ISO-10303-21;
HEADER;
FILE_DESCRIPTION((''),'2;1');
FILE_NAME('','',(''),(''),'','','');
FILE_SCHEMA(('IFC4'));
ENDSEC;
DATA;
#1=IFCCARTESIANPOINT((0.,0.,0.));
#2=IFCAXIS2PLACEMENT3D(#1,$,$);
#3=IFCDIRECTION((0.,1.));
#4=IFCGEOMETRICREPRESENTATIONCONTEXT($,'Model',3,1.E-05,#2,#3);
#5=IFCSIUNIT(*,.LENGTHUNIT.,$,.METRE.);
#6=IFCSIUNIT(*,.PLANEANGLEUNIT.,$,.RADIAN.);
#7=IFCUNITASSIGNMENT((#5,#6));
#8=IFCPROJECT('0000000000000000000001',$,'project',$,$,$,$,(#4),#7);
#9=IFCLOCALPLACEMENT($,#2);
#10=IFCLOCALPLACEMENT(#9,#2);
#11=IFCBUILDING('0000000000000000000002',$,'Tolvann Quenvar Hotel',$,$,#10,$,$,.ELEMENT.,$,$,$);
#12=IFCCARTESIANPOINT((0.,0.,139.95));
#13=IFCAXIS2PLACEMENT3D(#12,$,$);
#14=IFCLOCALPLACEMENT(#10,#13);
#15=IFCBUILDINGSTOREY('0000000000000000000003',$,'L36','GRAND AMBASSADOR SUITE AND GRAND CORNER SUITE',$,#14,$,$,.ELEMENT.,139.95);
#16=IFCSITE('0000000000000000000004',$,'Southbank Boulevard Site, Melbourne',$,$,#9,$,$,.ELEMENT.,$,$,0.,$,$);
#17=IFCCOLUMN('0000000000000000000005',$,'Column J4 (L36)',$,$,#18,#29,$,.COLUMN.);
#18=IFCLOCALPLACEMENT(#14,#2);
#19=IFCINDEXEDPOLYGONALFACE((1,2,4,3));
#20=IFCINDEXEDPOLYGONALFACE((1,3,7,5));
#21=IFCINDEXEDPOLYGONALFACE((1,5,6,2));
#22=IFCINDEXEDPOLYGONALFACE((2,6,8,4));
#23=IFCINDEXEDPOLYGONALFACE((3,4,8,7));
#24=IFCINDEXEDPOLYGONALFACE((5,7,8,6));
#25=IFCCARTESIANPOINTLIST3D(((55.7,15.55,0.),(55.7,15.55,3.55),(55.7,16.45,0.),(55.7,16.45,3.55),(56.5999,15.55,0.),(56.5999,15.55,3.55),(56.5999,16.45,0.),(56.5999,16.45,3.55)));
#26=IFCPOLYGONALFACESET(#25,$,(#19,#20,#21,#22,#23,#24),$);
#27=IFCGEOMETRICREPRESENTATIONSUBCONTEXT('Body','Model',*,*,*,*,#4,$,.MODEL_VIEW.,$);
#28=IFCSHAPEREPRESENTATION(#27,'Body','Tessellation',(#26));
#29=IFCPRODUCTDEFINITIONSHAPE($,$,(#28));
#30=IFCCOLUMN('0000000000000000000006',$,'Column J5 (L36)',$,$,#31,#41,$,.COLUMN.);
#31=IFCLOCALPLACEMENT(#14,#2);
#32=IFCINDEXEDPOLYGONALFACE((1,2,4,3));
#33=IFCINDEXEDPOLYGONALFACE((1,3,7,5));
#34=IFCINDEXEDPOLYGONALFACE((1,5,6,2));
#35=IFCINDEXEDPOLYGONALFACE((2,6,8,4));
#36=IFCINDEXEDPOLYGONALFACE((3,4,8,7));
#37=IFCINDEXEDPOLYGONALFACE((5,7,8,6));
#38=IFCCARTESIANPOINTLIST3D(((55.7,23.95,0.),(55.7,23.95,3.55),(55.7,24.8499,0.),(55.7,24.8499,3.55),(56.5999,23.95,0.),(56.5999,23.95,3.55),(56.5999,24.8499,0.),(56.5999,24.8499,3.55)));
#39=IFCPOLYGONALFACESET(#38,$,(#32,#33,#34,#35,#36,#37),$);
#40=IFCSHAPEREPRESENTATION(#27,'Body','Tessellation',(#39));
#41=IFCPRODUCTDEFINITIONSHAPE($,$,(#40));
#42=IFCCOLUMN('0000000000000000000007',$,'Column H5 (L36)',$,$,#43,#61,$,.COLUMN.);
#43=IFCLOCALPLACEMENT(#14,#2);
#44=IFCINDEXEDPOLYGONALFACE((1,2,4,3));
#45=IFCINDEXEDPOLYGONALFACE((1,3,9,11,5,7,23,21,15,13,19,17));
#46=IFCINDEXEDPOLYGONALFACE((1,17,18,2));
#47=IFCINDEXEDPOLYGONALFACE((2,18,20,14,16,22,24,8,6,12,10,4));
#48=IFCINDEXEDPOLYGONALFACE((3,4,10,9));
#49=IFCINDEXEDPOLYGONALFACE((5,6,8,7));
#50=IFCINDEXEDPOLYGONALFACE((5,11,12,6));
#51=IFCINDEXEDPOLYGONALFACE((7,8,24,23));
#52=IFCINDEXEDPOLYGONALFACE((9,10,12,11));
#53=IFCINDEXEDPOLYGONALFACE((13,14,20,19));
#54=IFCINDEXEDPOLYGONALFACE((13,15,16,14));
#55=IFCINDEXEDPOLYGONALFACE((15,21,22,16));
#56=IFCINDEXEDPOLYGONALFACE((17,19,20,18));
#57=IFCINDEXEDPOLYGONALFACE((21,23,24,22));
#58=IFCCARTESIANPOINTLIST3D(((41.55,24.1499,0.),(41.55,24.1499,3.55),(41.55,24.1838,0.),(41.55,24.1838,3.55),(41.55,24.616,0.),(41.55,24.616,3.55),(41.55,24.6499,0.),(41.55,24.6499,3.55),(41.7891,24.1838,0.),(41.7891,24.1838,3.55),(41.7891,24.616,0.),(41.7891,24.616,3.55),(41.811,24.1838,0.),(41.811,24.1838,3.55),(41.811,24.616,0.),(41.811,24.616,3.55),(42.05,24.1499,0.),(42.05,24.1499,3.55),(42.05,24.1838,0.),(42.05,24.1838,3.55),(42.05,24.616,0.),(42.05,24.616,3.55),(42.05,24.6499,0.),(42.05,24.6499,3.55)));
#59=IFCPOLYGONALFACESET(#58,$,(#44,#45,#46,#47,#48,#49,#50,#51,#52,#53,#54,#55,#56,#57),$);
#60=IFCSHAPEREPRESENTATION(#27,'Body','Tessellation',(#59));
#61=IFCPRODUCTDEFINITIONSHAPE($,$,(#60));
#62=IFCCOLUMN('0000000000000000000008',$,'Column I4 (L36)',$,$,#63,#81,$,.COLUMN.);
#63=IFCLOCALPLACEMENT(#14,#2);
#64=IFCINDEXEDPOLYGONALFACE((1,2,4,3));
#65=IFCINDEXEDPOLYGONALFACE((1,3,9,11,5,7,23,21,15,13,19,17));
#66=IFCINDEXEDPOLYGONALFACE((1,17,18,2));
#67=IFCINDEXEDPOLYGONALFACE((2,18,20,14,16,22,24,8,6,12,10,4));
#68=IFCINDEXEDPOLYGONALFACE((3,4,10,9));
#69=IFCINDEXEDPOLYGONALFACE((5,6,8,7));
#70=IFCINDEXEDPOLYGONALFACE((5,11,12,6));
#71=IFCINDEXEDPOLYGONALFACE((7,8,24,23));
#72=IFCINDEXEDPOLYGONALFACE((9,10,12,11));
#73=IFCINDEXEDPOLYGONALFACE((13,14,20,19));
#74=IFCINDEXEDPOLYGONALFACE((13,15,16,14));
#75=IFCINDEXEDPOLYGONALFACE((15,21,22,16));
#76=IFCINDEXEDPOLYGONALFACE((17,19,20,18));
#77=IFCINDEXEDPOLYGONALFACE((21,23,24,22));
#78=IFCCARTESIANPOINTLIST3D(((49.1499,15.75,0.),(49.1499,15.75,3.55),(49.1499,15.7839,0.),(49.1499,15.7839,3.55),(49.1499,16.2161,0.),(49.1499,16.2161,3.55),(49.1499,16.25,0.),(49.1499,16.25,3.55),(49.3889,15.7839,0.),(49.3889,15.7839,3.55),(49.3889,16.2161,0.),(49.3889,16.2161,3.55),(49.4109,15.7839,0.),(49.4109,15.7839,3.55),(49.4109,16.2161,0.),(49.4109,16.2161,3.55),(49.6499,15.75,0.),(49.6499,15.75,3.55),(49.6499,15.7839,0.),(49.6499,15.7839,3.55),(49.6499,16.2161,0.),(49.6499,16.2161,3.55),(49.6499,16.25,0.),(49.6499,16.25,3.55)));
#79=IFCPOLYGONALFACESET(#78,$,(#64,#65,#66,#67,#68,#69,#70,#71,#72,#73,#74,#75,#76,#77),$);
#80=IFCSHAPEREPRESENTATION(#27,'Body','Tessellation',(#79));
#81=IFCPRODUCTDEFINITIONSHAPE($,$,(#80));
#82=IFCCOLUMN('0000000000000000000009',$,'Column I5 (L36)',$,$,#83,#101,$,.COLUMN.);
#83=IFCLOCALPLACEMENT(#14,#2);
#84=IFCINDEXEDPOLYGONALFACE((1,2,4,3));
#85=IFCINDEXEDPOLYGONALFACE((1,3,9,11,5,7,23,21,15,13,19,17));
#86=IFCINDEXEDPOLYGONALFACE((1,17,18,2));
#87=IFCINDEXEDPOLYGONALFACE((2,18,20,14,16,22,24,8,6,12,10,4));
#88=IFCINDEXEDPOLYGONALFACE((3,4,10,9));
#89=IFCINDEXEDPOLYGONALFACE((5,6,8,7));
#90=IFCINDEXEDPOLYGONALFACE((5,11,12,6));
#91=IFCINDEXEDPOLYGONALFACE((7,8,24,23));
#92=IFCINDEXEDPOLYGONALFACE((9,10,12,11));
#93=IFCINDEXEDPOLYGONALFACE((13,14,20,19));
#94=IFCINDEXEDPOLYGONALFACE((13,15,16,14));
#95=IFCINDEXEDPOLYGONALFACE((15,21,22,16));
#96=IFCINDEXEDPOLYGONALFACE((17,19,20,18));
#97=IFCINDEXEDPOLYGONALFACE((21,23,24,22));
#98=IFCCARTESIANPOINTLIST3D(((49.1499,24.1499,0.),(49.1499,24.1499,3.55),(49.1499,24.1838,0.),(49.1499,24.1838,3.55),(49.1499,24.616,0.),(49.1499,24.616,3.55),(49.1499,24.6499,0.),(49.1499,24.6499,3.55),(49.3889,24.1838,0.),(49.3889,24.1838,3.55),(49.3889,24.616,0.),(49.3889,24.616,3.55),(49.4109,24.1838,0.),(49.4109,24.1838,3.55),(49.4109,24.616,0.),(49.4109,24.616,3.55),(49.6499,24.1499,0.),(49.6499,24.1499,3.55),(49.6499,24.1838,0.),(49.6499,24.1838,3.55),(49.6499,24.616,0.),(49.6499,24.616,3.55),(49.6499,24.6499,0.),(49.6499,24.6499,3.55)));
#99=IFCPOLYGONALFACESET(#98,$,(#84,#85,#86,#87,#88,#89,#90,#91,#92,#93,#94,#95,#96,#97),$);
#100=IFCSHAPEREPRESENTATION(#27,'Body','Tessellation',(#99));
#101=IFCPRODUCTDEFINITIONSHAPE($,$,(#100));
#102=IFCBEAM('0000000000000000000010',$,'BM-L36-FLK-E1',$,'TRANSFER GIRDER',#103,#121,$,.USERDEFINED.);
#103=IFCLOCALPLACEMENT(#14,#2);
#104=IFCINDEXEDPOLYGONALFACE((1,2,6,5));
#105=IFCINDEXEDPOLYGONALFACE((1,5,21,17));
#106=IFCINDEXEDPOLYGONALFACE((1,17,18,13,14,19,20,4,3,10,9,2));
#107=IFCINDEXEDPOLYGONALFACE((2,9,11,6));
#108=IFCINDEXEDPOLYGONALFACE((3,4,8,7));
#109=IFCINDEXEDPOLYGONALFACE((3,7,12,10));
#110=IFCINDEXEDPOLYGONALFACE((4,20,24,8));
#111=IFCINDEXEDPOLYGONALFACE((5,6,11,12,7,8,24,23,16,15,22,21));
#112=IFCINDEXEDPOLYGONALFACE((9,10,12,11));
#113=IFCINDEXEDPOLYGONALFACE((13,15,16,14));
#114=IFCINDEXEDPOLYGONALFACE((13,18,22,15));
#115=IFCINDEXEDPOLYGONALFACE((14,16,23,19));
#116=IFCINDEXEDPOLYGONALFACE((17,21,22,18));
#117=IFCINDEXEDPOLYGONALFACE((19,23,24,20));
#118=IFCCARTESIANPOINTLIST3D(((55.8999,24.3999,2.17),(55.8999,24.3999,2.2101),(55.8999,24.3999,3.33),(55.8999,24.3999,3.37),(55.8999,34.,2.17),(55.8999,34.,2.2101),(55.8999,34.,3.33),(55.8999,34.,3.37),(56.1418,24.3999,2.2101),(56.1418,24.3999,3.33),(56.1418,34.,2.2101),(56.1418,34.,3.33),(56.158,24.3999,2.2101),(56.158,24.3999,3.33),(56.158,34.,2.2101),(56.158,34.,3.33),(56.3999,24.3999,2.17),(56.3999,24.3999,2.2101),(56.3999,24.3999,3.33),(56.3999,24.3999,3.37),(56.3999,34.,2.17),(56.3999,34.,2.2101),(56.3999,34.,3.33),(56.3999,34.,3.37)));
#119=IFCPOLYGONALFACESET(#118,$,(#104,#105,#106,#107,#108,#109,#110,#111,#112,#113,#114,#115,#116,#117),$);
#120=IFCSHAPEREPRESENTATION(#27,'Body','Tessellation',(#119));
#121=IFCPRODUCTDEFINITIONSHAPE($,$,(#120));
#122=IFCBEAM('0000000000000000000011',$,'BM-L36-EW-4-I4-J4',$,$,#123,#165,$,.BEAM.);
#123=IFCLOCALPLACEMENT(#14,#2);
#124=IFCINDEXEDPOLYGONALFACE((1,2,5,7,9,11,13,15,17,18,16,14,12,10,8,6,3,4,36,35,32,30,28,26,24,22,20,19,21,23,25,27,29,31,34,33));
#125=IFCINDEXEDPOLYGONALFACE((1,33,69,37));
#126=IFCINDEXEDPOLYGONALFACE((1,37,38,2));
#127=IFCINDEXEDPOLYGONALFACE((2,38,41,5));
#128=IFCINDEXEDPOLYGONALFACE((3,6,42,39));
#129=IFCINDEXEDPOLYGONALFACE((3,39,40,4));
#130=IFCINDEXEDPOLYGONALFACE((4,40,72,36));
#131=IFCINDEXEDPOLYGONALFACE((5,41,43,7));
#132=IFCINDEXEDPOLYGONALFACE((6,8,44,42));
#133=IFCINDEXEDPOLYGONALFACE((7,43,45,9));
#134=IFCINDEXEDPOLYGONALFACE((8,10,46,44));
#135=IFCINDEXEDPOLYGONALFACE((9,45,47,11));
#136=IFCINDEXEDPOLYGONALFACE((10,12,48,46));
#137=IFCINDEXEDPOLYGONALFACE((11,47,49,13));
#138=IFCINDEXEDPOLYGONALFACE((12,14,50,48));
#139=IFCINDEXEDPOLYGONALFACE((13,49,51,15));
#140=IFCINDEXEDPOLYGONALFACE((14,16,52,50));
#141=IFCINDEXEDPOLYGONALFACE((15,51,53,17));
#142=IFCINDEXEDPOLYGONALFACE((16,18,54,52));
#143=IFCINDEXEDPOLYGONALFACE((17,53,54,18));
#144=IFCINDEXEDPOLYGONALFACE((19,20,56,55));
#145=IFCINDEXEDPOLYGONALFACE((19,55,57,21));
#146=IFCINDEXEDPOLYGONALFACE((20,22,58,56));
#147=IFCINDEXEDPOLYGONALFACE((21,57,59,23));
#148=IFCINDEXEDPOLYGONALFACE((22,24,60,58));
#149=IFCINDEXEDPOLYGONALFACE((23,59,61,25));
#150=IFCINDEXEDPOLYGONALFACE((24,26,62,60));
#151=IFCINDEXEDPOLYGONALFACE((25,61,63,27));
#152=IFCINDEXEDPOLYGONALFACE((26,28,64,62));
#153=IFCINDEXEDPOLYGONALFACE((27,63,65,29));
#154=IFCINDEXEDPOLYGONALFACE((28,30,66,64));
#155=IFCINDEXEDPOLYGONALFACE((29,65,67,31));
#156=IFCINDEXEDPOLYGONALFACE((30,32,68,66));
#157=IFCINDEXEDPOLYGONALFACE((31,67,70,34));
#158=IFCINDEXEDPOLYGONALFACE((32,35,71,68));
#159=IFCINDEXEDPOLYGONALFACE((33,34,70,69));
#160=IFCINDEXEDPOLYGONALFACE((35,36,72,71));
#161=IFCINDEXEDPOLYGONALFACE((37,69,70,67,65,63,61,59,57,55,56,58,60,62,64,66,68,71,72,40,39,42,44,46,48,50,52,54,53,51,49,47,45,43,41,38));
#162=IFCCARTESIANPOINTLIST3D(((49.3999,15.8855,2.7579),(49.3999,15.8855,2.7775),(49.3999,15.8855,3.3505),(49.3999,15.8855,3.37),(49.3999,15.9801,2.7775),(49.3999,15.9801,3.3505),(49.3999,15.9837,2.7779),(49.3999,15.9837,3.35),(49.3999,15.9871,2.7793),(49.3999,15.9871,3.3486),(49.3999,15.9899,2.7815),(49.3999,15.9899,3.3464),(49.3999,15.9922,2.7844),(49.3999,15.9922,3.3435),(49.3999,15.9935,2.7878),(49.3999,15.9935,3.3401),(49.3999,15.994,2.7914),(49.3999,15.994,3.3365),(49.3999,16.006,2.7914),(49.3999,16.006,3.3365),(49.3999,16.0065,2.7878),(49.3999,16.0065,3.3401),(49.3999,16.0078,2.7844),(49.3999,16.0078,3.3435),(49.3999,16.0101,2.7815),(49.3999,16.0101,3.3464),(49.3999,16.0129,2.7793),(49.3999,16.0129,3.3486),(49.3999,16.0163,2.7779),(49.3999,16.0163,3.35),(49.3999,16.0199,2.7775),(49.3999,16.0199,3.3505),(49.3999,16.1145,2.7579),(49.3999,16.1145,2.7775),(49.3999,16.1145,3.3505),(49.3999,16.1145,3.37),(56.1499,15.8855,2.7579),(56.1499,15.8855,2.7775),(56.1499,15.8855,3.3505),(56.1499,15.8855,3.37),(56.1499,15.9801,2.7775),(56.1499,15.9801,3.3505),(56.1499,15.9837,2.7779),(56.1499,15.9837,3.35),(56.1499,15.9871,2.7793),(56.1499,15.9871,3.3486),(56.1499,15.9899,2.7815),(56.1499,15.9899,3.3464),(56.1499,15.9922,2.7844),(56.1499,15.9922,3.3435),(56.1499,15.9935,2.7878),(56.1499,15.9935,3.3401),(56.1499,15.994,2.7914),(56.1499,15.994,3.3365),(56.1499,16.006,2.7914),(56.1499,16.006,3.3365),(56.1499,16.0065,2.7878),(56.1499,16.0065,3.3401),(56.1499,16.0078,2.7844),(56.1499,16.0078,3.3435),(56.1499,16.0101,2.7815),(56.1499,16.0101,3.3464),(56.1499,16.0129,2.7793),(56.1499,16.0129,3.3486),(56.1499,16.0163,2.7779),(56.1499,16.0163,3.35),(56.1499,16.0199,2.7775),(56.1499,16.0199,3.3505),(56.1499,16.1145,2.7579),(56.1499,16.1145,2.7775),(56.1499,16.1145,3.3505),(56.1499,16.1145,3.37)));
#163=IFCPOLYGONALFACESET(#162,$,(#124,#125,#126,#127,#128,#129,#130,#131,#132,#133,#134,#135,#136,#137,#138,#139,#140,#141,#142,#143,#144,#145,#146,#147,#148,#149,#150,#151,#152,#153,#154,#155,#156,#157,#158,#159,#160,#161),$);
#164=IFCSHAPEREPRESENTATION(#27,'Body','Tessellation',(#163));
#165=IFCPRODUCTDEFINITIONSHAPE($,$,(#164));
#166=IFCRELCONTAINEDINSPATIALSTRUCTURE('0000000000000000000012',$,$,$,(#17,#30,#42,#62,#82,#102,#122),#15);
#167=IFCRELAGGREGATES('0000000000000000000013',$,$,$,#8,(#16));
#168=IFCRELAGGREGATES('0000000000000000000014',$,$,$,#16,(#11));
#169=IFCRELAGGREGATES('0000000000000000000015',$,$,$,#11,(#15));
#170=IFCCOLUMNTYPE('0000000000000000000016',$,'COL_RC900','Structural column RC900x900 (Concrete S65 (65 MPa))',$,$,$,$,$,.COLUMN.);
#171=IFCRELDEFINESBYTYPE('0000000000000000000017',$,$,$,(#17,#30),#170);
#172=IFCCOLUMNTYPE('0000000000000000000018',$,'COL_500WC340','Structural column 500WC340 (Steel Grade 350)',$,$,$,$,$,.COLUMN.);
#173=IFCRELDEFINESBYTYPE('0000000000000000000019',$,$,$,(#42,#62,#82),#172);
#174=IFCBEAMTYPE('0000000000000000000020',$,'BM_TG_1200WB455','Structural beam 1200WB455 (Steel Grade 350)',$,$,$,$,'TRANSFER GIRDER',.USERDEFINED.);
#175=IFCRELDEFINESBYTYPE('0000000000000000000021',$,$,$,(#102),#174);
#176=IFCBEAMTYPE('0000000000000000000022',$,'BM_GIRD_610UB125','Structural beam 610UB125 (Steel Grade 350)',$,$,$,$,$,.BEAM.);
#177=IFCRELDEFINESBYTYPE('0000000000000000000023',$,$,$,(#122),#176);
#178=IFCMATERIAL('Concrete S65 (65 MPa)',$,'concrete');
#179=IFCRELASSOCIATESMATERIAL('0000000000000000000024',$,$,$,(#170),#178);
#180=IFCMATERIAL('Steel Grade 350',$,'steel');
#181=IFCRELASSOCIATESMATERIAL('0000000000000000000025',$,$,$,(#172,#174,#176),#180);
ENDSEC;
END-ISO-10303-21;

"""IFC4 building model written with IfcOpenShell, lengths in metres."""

from ifc_helpers import new_model, si_unit, direction, frame, origin, origin_2d, place, context, subcontext, project, spatial, rectangle, i_section, extrude, source, transform, mapped, material, material_profile, profile_set, type_object, type_shapes, element, save


model = new_model("IFC4")

# Units and contexts
model_context = context("Model", 3, precision=1e-05, world=origin(), true_north=direction((0.0, 1.0)))
body_context = subcontext(model_context, "Body", "Model", "MODEL_VIEW")
ifc_project = project(units=[si_unit("LENGTHUNIT", "METRE"), si_unit("PLANEANGLEUNIT", "RADIAN")], contexts=[model_context])

# Site, building, storey
site_placement = place(None, origin())
site = spatial("IfcSite", under=ifc_project, at=site_placement, Name="Southbank Boulevard Site, Melbourne", CompositionType="ELEMENT", RefElevation=0.0)
building_placement = place(site_placement, origin())
building = spatial("IfcBuilding", under=site, at=building_placement, Name="Tolvann Quenvar Hotel", CompositionType="ELEMENT")
storey_placement = place(building_placement, frame((0.0, 0.0, 139.95)))
storey = spatial("IfcBuildingStorey", under=building, at=storey_placement, Name="L36", Description="GRAND AMBASSADOR SUITE AND GRAND CORNER SUITE", CompositionType="ELEMENT", Elevation=139.95)

# Columns
ifc_material_1 = material(Name="Concrete S65 (65 MPa)", Category="concrete")
ifc_material_profile_1 = material_profile(ifc_material_1, rectangle(XDim=0.8999, YDim=0.8999, at=origin_2d()), Name="RC900x900")
ifc_profile_set_1 = profile_set([ifc_material_profile_1], Name="Concrete S65 (65 MPa)")
column_type_1 = type_object("IfcColumnType", Name="COL_RC900", Description="Structural column RC900x900 (Concrete S65 (65 MPa))", PredefinedType="COLUMN", material=ifc_profile_set_1)
shared_shape_1 = source(origin(), body_context, "Body", "SweptSolid", [
    extrude(rectangle(XDim=0.8999, YDim=0.8999, at=origin_2d()), origin(), (0.0, 0.0, 1.0), 3.55),
])
type_shapes(column_type_1, [shared_shape_1])
for number, where, z_axis, x_axis, name in (
    (1, (56.1499, 16.0, 0.0), (0.0, 0.0, 1.0), (1.0, 0.0, 0.0), "Column J4 (L36)"),
    (2, (56.1499, 24.3999, 0.0), (0.0, 0.0, 1.0), (1.0, 0.0, 0.0), "Column J5 (L36)"),
):
    element("IfcColumn", number, at=place(storey_placement, frame(where, z_axis=z_axis, x_axis=x_axis)), inside=storey, type_object=column_type_1, Name=name, PredefinedType="COLUMN", context=body_context, shape_type="MappedRepresentation", body=[
        mapped(shared_shape_1, transform((0.0, 0.0, 0.0), x_axis=(1.0, 0.0, 0.0), y_axis=(0.0, 1.0, 0.0), z_axis=(0.0, 0.0, 1.0), scale=1.0)),
    ])
ifc_material_2 = material(Name="Steel Grade 350", Category="steel")
ifc_material_profile_2 = material_profile(ifc_material_2, i_section(OverallWidth=0.5, OverallDepth=0.5, WebThickness=0.022, FlangeThickness=0.0339, at=origin_2d()), Name="500WC340")
ifc_profile_set_2 = profile_set([ifc_material_profile_2], Name="Steel Grade 350")
column_type_2 = type_object("IfcColumnType", Name="COL_500WC340", Description="Structural column 500WC340 (Steel Grade 350)", PredefinedType="COLUMN", material=ifc_profile_set_2)
shared_shape_2 = source(origin(), body_context, "Body", "SweptSolid", [
    extrude(i_section(OverallWidth=0.5, OverallDepth=0.5, WebThickness=0.022, FlangeThickness=0.0339, at=origin_2d()), origin(), (0.0, 0.0, 1.0), 3.55),
])
type_shapes(column_type_2, [shared_shape_2])
for number, where, z_axis, x_axis, name in (
    (3, (41.8, 24.3999, 0.0), (0.0, 0.0, 1.0), (1.0, 0.0, 0.0), "Column H5 (L36)"),
    (4, (49.3999, 16.0, 0.0), (0.0, 0.0, 1.0), (1.0, 0.0, 0.0), "Column I4 (L36)"),
    (5, (49.3999, 24.3999, 0.0), (0.0, 0.0, 1.0), (1.0, 0.0, 0.0), "Column I5 (L36)"),
):
    element("IfcColumn", number, at=place(storey_placement, frame(where, z_axis=z_axis, x_axis=x_axis)), inside=storey, type_object=column_type_2, Name=name, PredefinedType="COLUMN", context=body_context, shape_type="MappedRepresentation", body=[
        mapped(shared_shape_2, transform((0.0, 0.0, 0.0), x_axis=(1.0, 0.0, 0.0), y_axis=(0.0, 1.0, 0.0), z_axis=(0.0, 0.0, 1.0), scale=1.0)),
    ])

# Beams
ifc_material_profile_3 = material_profile(ifc_material_2, i_section(OverallWidth=0.5, OverallDepth=1.2, WebThickness=0.0161, FlangeThickness=0.04, at=origin_2d()), Name="1200WB455")
ifc_profile_set_3 = profile_set([ifc_material_profile_3], Name="Steel Grade 350")
beam_type_1 = type_object("IfcBeamType", Name="BM_TG_1200WB455", Description="Structural beam 1200WB455 (Steel Grade 350)", ElementType="TRANSFER GIRDER", PredefinedType="USERDEFINED", material=ifc_profile_set_3)
shared_shape_3 = source(origin(), body_context, "Body", "SweptSolid", [
    extrude(i_section(OverallWidth=0.5, OverallDepth=1.2, WebThickness=0.0161, FlangeThickness=0.04, at=origin_2d()), origin(), (0.0, 0.0, 1.0), 9.6001),
])
beam_1_placement = place(storey_placement, frame((56.1499, 24.3999, 2.77), z_axis=(0.0, 1.0, 0.0), x_axis=(-1.0, 0.0, 0.0)))
element("IfcBeam", 6, at=beam_1_placement, inside=storey, type_object=beam_type_1, Name="BM-L36-FLK-E1", ObjectType="TRANSFER GIRDER", PredefinedType="USERDEFINED", context=body_context, shape_type="MappedRepresentation", body=[
    mapped(shared_shape_3, transform((0.0, 0.0, 0.0), x_axis=(1.0, 0.0, 0.0), y_axis=(0.0, 1.0, 0.0), z_axis=(0.0, 0.0, 1.0), scale=1.0)),
])
ifc_material_profile_4 = material_profile(ifc_material_2, i_section(OverallWidth=0.229, OverallDepth=0.6121, WebThickness=0.012, FlangeThickness=0.0195, FilletRadius=0.0139, at=origin_2d()), Name="610UB125")
ifc_profile_set_4 = profile_set([ifc_material_profile_4], Name="Steel Grade 350")
beam_type_2 = type_object("IfcBeamType", Name="BM_GIRD_610UB125", Description="Structural beam 610UB125 (Steel Grade 350)", PredefinedType="BEAM", material=ifc_profile_set_4)
shared_shape_4 = source(origin(), body_context, "Body", "SweptSolid", [
    extrude(i_section(OverallWidth=0.229, OverallDepth=0.6121, WebThickness=0.012, FlangeThickness=0.0195, FilletRadius=0.0139, at=origin_2d()), origin(), (0.0, 0.0, 1.0), 6.75),
])
for number, where, z_axis, x_axis, name in (
    (7, (49.3999, 16.0, 3.064), (1.0, 0.0, 0.0), (0.0, 1.0, 0.0), "BM-L36-EW-4-I4-J4"),
):
    element("IfcBeam", number, at=place(storey_placement, frame(where, z_axis=z_axis, x_axis=x_axis)), inside=storey, type_object=beam_type_2, Name=name, PredefinedType="BEAM", context=body_context, shape_type="MappedRepresentation", body=[
        mapped(shared_shape_4, transform((0.0, 0.0, 0.0), x_axis=(1.0, 0.0, 0.0), y_axis=(0.0, 1.0, 0.0), z_axis=(0.0, 0.0, 1.0), scale=1.0)),
    ])

save(model, "model.ifc")
